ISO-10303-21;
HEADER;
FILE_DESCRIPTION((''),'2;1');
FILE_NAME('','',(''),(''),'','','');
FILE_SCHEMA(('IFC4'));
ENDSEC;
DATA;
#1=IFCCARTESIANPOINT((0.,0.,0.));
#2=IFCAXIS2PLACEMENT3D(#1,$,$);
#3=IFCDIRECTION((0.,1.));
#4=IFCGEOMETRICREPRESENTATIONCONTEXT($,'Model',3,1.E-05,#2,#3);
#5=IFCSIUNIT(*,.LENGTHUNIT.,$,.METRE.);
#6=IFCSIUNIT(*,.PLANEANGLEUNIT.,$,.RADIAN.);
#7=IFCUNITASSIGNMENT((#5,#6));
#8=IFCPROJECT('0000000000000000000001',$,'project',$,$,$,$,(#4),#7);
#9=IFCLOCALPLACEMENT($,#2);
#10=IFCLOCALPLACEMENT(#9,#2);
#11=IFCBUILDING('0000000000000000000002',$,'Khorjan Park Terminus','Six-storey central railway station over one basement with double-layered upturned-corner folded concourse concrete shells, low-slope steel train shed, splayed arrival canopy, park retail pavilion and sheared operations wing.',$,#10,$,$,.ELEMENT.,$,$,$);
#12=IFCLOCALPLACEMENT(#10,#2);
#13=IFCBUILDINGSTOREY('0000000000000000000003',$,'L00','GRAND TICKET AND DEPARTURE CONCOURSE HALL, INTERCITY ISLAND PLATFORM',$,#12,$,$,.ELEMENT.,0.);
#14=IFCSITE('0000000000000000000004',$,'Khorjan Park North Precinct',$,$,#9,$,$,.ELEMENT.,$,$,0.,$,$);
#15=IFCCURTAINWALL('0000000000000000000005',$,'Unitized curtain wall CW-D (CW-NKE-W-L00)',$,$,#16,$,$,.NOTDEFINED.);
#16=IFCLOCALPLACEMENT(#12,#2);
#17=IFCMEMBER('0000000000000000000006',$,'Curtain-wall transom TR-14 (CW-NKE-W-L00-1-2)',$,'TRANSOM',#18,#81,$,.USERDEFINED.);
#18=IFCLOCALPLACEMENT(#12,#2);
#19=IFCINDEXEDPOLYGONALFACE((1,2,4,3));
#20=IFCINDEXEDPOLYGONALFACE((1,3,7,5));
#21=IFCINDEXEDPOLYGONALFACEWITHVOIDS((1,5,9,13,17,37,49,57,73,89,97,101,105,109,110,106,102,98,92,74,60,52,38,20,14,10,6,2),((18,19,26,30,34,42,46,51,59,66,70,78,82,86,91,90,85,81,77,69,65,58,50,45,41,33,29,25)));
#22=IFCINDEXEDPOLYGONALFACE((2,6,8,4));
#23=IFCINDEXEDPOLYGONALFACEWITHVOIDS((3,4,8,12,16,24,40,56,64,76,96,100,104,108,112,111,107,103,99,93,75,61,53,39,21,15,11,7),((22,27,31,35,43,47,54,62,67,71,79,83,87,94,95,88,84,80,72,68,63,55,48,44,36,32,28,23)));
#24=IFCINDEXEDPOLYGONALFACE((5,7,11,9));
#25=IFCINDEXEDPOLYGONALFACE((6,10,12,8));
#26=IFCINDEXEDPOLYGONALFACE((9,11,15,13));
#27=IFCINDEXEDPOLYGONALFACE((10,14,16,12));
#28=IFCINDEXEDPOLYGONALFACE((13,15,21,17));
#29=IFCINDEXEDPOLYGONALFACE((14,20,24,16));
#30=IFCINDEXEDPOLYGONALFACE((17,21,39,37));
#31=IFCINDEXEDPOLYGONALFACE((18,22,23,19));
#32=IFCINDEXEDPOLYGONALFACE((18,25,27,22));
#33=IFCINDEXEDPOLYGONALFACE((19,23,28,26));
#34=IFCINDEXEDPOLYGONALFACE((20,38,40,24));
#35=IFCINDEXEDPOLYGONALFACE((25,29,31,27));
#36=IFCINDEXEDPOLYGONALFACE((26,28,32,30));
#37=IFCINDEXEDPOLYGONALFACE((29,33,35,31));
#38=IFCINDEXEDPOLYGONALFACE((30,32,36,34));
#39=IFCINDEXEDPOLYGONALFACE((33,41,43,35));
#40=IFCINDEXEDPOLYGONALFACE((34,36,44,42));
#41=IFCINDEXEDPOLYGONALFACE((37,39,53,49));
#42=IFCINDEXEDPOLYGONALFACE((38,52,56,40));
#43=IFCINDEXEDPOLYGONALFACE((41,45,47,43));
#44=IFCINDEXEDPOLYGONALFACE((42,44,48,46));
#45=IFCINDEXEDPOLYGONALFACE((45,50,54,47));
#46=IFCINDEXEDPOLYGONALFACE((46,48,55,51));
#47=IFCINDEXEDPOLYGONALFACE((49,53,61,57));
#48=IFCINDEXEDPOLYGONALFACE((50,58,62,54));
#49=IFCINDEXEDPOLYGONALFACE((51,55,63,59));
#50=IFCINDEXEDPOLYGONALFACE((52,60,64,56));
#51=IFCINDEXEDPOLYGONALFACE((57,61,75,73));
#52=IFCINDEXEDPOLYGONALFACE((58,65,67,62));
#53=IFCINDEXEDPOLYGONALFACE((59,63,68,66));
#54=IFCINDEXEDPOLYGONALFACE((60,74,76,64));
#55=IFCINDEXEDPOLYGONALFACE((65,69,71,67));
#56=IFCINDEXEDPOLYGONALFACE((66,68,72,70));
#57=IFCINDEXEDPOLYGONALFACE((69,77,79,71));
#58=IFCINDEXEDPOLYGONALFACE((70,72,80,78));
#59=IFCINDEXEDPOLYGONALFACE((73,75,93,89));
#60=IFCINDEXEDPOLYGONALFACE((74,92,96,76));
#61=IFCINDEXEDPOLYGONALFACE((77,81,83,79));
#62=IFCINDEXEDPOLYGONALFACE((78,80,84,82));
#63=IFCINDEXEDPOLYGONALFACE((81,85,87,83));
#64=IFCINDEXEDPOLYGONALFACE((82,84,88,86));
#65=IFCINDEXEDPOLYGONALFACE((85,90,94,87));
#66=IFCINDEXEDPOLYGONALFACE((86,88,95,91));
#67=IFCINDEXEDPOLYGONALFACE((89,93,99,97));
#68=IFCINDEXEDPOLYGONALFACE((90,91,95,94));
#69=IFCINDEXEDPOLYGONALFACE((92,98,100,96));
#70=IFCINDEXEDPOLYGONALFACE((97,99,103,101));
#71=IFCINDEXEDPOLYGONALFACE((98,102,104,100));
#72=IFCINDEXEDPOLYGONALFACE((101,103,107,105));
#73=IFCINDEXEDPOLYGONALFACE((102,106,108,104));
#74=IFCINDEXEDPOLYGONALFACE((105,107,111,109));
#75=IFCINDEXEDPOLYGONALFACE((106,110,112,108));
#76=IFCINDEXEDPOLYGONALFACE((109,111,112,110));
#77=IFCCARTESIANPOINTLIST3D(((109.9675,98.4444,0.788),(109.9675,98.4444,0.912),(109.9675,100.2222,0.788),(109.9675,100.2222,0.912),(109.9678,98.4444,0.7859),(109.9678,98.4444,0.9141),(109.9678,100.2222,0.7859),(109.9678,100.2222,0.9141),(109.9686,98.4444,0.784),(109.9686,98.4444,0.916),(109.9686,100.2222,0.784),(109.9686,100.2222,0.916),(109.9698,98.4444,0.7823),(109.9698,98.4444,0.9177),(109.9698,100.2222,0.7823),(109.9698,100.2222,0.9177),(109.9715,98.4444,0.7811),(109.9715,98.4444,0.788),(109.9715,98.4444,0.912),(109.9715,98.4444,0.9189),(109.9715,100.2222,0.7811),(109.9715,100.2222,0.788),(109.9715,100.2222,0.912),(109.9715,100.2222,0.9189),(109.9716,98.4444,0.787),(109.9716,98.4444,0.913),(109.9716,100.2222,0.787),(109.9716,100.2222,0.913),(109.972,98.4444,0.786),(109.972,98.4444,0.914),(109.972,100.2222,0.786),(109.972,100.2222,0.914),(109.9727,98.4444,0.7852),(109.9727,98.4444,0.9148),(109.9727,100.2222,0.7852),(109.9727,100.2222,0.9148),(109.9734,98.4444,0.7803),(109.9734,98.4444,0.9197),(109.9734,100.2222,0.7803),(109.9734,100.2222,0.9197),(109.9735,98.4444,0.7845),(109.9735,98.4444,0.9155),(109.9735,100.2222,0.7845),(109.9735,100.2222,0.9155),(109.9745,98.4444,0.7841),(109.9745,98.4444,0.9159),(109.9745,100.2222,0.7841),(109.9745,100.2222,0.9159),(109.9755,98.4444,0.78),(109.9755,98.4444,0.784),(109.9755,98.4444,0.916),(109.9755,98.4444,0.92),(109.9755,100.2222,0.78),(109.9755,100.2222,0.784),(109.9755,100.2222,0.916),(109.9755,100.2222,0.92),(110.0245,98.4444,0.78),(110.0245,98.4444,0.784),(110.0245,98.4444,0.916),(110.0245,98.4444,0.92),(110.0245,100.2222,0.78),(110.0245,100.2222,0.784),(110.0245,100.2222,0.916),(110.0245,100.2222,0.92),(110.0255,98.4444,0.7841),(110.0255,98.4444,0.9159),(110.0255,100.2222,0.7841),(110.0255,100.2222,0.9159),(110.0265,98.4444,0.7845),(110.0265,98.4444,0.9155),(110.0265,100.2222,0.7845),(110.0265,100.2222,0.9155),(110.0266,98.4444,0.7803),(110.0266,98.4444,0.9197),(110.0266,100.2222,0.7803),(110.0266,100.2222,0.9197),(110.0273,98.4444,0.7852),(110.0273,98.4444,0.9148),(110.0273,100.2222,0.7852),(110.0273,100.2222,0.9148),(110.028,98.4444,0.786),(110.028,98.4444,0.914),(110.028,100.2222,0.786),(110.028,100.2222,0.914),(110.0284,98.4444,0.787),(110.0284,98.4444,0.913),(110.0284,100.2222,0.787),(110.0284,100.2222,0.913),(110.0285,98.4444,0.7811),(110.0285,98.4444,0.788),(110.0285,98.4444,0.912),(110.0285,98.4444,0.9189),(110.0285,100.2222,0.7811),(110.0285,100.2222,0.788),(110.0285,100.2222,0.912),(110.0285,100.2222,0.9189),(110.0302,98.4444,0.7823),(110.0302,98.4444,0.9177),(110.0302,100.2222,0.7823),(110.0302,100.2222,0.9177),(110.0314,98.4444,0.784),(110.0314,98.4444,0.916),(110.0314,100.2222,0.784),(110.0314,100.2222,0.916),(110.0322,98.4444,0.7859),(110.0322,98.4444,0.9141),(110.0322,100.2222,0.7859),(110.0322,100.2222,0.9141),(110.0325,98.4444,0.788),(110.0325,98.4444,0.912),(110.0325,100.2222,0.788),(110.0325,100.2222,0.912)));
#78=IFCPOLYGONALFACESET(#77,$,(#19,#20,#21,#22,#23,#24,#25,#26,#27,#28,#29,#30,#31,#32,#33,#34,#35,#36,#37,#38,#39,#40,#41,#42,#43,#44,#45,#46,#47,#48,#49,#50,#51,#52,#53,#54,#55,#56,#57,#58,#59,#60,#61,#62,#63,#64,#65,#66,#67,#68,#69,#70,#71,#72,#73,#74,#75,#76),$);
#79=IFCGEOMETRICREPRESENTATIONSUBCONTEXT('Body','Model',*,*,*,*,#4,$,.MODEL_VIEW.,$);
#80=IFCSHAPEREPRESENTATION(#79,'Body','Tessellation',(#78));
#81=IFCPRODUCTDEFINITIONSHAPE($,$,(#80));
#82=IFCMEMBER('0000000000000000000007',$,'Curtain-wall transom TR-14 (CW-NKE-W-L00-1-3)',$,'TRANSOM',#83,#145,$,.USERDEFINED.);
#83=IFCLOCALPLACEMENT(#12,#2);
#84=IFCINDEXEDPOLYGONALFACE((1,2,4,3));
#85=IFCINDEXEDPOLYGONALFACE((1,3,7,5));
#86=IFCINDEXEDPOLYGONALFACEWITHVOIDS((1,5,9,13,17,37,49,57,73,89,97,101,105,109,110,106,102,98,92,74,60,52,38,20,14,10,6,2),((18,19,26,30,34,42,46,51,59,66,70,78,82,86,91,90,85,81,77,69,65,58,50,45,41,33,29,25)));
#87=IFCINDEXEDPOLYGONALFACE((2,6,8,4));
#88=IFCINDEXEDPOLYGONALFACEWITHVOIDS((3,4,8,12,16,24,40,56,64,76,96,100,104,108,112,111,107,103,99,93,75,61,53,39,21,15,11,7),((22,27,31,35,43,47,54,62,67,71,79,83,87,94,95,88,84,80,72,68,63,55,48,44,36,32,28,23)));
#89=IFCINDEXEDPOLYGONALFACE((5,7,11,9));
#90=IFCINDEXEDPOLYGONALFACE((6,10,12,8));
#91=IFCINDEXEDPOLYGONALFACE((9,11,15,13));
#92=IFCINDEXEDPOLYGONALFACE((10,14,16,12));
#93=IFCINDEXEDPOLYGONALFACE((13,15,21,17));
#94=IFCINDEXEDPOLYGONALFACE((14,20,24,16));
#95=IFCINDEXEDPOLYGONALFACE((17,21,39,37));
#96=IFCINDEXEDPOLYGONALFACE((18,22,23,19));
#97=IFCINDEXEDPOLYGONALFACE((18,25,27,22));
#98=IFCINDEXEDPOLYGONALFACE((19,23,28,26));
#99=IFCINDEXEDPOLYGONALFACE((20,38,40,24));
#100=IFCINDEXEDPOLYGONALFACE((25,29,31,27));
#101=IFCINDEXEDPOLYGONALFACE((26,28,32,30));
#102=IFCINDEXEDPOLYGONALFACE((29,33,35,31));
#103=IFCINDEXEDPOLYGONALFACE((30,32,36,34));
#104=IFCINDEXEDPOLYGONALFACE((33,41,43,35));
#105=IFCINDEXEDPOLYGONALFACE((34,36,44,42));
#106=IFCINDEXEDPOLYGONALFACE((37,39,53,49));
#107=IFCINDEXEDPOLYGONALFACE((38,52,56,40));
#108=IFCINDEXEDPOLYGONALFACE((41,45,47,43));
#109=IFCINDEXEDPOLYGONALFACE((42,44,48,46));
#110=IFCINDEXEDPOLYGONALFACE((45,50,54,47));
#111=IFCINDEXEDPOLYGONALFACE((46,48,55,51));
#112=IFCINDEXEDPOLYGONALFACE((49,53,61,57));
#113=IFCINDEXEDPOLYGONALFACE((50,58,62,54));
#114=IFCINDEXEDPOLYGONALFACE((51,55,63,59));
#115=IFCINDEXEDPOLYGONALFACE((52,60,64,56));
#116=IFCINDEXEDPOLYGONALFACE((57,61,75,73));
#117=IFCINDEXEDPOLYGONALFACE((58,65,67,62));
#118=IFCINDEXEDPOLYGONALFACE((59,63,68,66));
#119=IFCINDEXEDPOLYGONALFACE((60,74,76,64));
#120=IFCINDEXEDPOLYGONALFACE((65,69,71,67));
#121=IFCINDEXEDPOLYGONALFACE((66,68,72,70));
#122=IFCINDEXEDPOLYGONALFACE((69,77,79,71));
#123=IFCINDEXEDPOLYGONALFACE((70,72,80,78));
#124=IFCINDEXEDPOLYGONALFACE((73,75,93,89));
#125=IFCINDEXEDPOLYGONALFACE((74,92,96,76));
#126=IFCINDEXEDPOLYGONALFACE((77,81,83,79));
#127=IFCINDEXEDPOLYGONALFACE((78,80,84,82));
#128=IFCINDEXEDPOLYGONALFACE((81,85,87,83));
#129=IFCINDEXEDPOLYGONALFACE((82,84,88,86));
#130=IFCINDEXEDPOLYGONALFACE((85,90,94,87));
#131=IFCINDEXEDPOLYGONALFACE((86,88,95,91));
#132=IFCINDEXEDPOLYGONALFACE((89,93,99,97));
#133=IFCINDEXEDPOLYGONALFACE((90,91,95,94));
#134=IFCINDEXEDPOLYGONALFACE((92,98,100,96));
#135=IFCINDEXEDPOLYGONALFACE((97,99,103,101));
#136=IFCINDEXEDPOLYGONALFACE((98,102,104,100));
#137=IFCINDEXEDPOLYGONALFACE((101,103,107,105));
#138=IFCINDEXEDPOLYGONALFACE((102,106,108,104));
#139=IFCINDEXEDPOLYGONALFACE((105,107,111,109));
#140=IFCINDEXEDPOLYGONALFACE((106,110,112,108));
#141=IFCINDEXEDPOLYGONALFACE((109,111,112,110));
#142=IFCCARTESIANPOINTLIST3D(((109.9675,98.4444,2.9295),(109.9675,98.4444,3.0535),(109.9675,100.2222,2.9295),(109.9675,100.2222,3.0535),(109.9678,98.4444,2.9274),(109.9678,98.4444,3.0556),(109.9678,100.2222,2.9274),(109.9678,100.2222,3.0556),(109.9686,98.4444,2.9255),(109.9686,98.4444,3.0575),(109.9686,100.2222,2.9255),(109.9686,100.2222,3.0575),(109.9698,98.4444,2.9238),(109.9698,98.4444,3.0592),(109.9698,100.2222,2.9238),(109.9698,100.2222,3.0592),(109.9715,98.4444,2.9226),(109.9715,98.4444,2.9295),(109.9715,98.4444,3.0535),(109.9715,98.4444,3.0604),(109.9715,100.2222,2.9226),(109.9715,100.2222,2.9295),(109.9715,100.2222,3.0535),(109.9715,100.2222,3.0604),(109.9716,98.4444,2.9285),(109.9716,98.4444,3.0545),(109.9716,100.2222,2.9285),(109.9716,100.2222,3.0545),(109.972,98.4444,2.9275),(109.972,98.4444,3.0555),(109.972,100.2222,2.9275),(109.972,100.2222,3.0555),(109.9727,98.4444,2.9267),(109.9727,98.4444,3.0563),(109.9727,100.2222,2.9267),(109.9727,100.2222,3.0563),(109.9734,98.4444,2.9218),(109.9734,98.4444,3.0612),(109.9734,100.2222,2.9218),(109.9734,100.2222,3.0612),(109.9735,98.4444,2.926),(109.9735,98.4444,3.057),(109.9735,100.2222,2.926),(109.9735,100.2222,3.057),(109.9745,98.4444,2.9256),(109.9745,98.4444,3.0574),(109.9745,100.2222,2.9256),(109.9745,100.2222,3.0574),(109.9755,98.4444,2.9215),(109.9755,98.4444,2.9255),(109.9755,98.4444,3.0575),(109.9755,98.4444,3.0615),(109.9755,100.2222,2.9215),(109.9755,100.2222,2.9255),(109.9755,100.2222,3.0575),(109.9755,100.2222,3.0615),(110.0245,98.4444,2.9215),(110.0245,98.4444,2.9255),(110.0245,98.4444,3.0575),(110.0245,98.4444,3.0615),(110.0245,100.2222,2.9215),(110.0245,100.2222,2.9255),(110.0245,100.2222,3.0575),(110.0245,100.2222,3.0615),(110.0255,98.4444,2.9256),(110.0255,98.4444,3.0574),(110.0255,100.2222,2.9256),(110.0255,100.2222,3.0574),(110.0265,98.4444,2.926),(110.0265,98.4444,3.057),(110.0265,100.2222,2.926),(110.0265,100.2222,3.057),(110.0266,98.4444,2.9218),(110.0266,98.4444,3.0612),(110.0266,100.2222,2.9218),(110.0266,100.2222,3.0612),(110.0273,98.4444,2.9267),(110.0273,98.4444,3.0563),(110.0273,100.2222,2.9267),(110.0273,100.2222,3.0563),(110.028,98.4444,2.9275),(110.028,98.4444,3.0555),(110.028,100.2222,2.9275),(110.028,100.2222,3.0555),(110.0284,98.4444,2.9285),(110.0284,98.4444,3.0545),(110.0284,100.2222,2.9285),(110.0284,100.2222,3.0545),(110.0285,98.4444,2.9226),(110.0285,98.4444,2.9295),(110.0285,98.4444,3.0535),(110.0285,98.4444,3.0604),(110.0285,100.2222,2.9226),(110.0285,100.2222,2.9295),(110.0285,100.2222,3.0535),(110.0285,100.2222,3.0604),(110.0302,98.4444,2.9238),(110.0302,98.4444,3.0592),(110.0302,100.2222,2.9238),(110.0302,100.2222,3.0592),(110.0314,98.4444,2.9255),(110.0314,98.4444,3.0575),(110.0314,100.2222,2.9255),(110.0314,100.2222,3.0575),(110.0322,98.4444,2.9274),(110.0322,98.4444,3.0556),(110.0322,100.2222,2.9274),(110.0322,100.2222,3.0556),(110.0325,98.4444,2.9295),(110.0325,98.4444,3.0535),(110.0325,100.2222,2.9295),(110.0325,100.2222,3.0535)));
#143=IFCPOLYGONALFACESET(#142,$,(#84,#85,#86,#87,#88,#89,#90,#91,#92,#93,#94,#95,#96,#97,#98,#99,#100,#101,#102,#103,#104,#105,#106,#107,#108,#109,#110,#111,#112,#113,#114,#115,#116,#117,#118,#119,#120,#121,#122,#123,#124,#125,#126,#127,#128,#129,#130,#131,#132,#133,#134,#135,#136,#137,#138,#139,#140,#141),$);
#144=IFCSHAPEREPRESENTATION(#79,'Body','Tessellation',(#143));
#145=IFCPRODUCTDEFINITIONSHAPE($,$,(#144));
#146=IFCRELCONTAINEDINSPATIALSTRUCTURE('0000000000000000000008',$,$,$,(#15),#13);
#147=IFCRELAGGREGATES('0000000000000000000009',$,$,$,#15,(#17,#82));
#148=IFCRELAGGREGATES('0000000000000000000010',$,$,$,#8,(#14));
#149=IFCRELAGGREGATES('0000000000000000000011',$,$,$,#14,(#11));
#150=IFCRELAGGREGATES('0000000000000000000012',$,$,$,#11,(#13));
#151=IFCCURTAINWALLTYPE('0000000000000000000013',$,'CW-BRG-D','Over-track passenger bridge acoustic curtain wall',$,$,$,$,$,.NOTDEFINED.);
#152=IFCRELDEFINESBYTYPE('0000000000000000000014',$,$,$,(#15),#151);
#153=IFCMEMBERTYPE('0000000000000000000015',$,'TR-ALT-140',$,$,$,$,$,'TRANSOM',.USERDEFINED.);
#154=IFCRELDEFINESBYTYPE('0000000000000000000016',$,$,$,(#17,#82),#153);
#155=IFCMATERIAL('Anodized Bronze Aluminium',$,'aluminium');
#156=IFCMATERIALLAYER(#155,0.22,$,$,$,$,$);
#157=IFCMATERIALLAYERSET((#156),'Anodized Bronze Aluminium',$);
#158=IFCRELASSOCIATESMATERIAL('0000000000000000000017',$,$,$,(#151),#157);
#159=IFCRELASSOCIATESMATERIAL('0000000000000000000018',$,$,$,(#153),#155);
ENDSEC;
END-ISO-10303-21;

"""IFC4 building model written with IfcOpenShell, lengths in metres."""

from ifc_helpers import new_model, si_unit, direction, frame, origin, origin_2d, place, context, subcontext, project, spatial, hollow_rectangle, extrude, material, layer, layer_set, material_profile, profile_set, type_object, element, aggregate, save


model = new_model("IFC4")

# Units and contexts
model_context = context("Model", 3, precision=1e-05, world=origin(), true_north=direction((0.0, 1.0)))
body_context = subcontext(model_context, "Body", "Model", "MODEL_VIEW")
ifc_project = project(units=[si_unit("LENGTHUNIT", "METRE"), si_unit("PLANEANGLEUNIT", "RADIAN")], contexts=[model_context])

# Site, building, storey
site_placement = place(None, origin())
site = spatial("IfcSite", under=ifc_project, at=site_placement, Name="Khorjan Park North Precinct", CompositionType="ELEMENT", RefElevation=0.0)
building_placement = place(site_placement, origin())
building = spatial("IfcBuilding", under=site, at=building_placement, Name="Khorjan Park Terminus", Description="Six-storey central railway station over one basement with double-layered upturned-corner folded concourse concrete shells, low-slope steel train shed, splayed arrival canopy, park retail pavilion and sheared operations wing.", CompositionType="ELEMENT")
storey_placement = place(building_placement, origin())
storey = spatial("IfcBuildingStorey", under=building, at=storey_placement, Name="L00", Description="GRAND TICKET AND DEPARTURE CONCOURSE HALL, INTERCITY ISLAND PLATFORM", CompositionType="ELEMENT", Elevation=0.0)

# Curtain wall, members
ifc_material_1 = material(Name="Anodized Bronze Aluminium", Category="aluminium")
ifc_layer_1 = layer(ifc_material_1, 0.22)
ifc_layer_set_1 = layer_set([ifc_layer_1], Name="Anodized Bronze Aluminium")
curtain_wall_type = type_object("IfcCurtainWallType", Name="CW-BRG-D", Description="Over-track passenger bridge acoustic curtain wall", PredefinedType="NOTDEFINED", material=ifc_layer_set_1)
curtain_wall_placement = place(storey_placement, origin())
curtain_wall = element("IfcCurtainWall", 1, at=curtain_wall_placement, inside=storey, type_object=curtain_wall_type, Name="Unitized curtain wall CW-D (CW-NKE-W-L00)", PredefinedType="NOTDEFINED")
ifc_material_profile_1 = material_profile(ifc_material_1, hollow_rectangle(XDim=0.065, YDim=0.14, WallThickness=0.004, InnerFilletRadius=0.004, OuterFilletRadius=0.008, at=origin_2d()), Name="ALT 65x140x4")
ifc_profile_set_1 = profile_set([ifc_material_profile_1], Name="Anodized Bronze Aluminium")
member_type_1 = type_object("IfcMemberType", Name="TR-ALT-140", ElementType="TRANSOM", PredefinedType="USERDEFINED", material=ifc_profile_set_1)
member_1_placement = place(storey_placement, frame((110.0, 100.2222, 0.85), z_axis=(0.0, -1.0, 0.0), x_axis=(1.0, 0.0, 0.0)))
member_1 = element("IfcMember", 2, at=member_1_placement, type_object=member_type_1, Name="Curtain-wall transom TR-14 (CW-NKE-W-L00-1-2)", ObjectType="TRANSOM", PredefinedType="USERDEFINED", context=body_context, shape_type="SweptSolid", body=[
    extrude(hollow_rectangle(XDim=0.065, YDim=0.14, WallThickness=0.004, InnerFilletRadius=0.004, OuterFilletRadius=0.008, at=origin_2d()), origin(), (0.0, 0.0, 1.0), 1.7778),
])
member_2_placement = place(storey_placement, frame((110.0, 100.2222, 2.9915), z_axis=(0.0, -1.0, 0.0), x_axis=(1.0, 0.0, 0.0)))
member_2 = element("IfcMember", 3, at=member_2_placement, type_object=member_type_1, Name="Curtain-wall transom TR-14 (CW-NKE-W-L00-1-3)", ObjectType="TRANSOM", PredefinedType="USERDEFINED", context=body_context, shape_type="SweptSolid", body=[
    extrude(hollow_rectangle(XDim=0.065, YDim=0.14, WallThickness=0.004, InnerFilletRadius=0.004, OuterFilletRadius=0.008, at=origin_2d()), origin(), (0.0, 0.0, 1.0), 1.7778),
])
aggregate(curtain_wall, [member_1, member_2])

save(model, "model.ifc")
